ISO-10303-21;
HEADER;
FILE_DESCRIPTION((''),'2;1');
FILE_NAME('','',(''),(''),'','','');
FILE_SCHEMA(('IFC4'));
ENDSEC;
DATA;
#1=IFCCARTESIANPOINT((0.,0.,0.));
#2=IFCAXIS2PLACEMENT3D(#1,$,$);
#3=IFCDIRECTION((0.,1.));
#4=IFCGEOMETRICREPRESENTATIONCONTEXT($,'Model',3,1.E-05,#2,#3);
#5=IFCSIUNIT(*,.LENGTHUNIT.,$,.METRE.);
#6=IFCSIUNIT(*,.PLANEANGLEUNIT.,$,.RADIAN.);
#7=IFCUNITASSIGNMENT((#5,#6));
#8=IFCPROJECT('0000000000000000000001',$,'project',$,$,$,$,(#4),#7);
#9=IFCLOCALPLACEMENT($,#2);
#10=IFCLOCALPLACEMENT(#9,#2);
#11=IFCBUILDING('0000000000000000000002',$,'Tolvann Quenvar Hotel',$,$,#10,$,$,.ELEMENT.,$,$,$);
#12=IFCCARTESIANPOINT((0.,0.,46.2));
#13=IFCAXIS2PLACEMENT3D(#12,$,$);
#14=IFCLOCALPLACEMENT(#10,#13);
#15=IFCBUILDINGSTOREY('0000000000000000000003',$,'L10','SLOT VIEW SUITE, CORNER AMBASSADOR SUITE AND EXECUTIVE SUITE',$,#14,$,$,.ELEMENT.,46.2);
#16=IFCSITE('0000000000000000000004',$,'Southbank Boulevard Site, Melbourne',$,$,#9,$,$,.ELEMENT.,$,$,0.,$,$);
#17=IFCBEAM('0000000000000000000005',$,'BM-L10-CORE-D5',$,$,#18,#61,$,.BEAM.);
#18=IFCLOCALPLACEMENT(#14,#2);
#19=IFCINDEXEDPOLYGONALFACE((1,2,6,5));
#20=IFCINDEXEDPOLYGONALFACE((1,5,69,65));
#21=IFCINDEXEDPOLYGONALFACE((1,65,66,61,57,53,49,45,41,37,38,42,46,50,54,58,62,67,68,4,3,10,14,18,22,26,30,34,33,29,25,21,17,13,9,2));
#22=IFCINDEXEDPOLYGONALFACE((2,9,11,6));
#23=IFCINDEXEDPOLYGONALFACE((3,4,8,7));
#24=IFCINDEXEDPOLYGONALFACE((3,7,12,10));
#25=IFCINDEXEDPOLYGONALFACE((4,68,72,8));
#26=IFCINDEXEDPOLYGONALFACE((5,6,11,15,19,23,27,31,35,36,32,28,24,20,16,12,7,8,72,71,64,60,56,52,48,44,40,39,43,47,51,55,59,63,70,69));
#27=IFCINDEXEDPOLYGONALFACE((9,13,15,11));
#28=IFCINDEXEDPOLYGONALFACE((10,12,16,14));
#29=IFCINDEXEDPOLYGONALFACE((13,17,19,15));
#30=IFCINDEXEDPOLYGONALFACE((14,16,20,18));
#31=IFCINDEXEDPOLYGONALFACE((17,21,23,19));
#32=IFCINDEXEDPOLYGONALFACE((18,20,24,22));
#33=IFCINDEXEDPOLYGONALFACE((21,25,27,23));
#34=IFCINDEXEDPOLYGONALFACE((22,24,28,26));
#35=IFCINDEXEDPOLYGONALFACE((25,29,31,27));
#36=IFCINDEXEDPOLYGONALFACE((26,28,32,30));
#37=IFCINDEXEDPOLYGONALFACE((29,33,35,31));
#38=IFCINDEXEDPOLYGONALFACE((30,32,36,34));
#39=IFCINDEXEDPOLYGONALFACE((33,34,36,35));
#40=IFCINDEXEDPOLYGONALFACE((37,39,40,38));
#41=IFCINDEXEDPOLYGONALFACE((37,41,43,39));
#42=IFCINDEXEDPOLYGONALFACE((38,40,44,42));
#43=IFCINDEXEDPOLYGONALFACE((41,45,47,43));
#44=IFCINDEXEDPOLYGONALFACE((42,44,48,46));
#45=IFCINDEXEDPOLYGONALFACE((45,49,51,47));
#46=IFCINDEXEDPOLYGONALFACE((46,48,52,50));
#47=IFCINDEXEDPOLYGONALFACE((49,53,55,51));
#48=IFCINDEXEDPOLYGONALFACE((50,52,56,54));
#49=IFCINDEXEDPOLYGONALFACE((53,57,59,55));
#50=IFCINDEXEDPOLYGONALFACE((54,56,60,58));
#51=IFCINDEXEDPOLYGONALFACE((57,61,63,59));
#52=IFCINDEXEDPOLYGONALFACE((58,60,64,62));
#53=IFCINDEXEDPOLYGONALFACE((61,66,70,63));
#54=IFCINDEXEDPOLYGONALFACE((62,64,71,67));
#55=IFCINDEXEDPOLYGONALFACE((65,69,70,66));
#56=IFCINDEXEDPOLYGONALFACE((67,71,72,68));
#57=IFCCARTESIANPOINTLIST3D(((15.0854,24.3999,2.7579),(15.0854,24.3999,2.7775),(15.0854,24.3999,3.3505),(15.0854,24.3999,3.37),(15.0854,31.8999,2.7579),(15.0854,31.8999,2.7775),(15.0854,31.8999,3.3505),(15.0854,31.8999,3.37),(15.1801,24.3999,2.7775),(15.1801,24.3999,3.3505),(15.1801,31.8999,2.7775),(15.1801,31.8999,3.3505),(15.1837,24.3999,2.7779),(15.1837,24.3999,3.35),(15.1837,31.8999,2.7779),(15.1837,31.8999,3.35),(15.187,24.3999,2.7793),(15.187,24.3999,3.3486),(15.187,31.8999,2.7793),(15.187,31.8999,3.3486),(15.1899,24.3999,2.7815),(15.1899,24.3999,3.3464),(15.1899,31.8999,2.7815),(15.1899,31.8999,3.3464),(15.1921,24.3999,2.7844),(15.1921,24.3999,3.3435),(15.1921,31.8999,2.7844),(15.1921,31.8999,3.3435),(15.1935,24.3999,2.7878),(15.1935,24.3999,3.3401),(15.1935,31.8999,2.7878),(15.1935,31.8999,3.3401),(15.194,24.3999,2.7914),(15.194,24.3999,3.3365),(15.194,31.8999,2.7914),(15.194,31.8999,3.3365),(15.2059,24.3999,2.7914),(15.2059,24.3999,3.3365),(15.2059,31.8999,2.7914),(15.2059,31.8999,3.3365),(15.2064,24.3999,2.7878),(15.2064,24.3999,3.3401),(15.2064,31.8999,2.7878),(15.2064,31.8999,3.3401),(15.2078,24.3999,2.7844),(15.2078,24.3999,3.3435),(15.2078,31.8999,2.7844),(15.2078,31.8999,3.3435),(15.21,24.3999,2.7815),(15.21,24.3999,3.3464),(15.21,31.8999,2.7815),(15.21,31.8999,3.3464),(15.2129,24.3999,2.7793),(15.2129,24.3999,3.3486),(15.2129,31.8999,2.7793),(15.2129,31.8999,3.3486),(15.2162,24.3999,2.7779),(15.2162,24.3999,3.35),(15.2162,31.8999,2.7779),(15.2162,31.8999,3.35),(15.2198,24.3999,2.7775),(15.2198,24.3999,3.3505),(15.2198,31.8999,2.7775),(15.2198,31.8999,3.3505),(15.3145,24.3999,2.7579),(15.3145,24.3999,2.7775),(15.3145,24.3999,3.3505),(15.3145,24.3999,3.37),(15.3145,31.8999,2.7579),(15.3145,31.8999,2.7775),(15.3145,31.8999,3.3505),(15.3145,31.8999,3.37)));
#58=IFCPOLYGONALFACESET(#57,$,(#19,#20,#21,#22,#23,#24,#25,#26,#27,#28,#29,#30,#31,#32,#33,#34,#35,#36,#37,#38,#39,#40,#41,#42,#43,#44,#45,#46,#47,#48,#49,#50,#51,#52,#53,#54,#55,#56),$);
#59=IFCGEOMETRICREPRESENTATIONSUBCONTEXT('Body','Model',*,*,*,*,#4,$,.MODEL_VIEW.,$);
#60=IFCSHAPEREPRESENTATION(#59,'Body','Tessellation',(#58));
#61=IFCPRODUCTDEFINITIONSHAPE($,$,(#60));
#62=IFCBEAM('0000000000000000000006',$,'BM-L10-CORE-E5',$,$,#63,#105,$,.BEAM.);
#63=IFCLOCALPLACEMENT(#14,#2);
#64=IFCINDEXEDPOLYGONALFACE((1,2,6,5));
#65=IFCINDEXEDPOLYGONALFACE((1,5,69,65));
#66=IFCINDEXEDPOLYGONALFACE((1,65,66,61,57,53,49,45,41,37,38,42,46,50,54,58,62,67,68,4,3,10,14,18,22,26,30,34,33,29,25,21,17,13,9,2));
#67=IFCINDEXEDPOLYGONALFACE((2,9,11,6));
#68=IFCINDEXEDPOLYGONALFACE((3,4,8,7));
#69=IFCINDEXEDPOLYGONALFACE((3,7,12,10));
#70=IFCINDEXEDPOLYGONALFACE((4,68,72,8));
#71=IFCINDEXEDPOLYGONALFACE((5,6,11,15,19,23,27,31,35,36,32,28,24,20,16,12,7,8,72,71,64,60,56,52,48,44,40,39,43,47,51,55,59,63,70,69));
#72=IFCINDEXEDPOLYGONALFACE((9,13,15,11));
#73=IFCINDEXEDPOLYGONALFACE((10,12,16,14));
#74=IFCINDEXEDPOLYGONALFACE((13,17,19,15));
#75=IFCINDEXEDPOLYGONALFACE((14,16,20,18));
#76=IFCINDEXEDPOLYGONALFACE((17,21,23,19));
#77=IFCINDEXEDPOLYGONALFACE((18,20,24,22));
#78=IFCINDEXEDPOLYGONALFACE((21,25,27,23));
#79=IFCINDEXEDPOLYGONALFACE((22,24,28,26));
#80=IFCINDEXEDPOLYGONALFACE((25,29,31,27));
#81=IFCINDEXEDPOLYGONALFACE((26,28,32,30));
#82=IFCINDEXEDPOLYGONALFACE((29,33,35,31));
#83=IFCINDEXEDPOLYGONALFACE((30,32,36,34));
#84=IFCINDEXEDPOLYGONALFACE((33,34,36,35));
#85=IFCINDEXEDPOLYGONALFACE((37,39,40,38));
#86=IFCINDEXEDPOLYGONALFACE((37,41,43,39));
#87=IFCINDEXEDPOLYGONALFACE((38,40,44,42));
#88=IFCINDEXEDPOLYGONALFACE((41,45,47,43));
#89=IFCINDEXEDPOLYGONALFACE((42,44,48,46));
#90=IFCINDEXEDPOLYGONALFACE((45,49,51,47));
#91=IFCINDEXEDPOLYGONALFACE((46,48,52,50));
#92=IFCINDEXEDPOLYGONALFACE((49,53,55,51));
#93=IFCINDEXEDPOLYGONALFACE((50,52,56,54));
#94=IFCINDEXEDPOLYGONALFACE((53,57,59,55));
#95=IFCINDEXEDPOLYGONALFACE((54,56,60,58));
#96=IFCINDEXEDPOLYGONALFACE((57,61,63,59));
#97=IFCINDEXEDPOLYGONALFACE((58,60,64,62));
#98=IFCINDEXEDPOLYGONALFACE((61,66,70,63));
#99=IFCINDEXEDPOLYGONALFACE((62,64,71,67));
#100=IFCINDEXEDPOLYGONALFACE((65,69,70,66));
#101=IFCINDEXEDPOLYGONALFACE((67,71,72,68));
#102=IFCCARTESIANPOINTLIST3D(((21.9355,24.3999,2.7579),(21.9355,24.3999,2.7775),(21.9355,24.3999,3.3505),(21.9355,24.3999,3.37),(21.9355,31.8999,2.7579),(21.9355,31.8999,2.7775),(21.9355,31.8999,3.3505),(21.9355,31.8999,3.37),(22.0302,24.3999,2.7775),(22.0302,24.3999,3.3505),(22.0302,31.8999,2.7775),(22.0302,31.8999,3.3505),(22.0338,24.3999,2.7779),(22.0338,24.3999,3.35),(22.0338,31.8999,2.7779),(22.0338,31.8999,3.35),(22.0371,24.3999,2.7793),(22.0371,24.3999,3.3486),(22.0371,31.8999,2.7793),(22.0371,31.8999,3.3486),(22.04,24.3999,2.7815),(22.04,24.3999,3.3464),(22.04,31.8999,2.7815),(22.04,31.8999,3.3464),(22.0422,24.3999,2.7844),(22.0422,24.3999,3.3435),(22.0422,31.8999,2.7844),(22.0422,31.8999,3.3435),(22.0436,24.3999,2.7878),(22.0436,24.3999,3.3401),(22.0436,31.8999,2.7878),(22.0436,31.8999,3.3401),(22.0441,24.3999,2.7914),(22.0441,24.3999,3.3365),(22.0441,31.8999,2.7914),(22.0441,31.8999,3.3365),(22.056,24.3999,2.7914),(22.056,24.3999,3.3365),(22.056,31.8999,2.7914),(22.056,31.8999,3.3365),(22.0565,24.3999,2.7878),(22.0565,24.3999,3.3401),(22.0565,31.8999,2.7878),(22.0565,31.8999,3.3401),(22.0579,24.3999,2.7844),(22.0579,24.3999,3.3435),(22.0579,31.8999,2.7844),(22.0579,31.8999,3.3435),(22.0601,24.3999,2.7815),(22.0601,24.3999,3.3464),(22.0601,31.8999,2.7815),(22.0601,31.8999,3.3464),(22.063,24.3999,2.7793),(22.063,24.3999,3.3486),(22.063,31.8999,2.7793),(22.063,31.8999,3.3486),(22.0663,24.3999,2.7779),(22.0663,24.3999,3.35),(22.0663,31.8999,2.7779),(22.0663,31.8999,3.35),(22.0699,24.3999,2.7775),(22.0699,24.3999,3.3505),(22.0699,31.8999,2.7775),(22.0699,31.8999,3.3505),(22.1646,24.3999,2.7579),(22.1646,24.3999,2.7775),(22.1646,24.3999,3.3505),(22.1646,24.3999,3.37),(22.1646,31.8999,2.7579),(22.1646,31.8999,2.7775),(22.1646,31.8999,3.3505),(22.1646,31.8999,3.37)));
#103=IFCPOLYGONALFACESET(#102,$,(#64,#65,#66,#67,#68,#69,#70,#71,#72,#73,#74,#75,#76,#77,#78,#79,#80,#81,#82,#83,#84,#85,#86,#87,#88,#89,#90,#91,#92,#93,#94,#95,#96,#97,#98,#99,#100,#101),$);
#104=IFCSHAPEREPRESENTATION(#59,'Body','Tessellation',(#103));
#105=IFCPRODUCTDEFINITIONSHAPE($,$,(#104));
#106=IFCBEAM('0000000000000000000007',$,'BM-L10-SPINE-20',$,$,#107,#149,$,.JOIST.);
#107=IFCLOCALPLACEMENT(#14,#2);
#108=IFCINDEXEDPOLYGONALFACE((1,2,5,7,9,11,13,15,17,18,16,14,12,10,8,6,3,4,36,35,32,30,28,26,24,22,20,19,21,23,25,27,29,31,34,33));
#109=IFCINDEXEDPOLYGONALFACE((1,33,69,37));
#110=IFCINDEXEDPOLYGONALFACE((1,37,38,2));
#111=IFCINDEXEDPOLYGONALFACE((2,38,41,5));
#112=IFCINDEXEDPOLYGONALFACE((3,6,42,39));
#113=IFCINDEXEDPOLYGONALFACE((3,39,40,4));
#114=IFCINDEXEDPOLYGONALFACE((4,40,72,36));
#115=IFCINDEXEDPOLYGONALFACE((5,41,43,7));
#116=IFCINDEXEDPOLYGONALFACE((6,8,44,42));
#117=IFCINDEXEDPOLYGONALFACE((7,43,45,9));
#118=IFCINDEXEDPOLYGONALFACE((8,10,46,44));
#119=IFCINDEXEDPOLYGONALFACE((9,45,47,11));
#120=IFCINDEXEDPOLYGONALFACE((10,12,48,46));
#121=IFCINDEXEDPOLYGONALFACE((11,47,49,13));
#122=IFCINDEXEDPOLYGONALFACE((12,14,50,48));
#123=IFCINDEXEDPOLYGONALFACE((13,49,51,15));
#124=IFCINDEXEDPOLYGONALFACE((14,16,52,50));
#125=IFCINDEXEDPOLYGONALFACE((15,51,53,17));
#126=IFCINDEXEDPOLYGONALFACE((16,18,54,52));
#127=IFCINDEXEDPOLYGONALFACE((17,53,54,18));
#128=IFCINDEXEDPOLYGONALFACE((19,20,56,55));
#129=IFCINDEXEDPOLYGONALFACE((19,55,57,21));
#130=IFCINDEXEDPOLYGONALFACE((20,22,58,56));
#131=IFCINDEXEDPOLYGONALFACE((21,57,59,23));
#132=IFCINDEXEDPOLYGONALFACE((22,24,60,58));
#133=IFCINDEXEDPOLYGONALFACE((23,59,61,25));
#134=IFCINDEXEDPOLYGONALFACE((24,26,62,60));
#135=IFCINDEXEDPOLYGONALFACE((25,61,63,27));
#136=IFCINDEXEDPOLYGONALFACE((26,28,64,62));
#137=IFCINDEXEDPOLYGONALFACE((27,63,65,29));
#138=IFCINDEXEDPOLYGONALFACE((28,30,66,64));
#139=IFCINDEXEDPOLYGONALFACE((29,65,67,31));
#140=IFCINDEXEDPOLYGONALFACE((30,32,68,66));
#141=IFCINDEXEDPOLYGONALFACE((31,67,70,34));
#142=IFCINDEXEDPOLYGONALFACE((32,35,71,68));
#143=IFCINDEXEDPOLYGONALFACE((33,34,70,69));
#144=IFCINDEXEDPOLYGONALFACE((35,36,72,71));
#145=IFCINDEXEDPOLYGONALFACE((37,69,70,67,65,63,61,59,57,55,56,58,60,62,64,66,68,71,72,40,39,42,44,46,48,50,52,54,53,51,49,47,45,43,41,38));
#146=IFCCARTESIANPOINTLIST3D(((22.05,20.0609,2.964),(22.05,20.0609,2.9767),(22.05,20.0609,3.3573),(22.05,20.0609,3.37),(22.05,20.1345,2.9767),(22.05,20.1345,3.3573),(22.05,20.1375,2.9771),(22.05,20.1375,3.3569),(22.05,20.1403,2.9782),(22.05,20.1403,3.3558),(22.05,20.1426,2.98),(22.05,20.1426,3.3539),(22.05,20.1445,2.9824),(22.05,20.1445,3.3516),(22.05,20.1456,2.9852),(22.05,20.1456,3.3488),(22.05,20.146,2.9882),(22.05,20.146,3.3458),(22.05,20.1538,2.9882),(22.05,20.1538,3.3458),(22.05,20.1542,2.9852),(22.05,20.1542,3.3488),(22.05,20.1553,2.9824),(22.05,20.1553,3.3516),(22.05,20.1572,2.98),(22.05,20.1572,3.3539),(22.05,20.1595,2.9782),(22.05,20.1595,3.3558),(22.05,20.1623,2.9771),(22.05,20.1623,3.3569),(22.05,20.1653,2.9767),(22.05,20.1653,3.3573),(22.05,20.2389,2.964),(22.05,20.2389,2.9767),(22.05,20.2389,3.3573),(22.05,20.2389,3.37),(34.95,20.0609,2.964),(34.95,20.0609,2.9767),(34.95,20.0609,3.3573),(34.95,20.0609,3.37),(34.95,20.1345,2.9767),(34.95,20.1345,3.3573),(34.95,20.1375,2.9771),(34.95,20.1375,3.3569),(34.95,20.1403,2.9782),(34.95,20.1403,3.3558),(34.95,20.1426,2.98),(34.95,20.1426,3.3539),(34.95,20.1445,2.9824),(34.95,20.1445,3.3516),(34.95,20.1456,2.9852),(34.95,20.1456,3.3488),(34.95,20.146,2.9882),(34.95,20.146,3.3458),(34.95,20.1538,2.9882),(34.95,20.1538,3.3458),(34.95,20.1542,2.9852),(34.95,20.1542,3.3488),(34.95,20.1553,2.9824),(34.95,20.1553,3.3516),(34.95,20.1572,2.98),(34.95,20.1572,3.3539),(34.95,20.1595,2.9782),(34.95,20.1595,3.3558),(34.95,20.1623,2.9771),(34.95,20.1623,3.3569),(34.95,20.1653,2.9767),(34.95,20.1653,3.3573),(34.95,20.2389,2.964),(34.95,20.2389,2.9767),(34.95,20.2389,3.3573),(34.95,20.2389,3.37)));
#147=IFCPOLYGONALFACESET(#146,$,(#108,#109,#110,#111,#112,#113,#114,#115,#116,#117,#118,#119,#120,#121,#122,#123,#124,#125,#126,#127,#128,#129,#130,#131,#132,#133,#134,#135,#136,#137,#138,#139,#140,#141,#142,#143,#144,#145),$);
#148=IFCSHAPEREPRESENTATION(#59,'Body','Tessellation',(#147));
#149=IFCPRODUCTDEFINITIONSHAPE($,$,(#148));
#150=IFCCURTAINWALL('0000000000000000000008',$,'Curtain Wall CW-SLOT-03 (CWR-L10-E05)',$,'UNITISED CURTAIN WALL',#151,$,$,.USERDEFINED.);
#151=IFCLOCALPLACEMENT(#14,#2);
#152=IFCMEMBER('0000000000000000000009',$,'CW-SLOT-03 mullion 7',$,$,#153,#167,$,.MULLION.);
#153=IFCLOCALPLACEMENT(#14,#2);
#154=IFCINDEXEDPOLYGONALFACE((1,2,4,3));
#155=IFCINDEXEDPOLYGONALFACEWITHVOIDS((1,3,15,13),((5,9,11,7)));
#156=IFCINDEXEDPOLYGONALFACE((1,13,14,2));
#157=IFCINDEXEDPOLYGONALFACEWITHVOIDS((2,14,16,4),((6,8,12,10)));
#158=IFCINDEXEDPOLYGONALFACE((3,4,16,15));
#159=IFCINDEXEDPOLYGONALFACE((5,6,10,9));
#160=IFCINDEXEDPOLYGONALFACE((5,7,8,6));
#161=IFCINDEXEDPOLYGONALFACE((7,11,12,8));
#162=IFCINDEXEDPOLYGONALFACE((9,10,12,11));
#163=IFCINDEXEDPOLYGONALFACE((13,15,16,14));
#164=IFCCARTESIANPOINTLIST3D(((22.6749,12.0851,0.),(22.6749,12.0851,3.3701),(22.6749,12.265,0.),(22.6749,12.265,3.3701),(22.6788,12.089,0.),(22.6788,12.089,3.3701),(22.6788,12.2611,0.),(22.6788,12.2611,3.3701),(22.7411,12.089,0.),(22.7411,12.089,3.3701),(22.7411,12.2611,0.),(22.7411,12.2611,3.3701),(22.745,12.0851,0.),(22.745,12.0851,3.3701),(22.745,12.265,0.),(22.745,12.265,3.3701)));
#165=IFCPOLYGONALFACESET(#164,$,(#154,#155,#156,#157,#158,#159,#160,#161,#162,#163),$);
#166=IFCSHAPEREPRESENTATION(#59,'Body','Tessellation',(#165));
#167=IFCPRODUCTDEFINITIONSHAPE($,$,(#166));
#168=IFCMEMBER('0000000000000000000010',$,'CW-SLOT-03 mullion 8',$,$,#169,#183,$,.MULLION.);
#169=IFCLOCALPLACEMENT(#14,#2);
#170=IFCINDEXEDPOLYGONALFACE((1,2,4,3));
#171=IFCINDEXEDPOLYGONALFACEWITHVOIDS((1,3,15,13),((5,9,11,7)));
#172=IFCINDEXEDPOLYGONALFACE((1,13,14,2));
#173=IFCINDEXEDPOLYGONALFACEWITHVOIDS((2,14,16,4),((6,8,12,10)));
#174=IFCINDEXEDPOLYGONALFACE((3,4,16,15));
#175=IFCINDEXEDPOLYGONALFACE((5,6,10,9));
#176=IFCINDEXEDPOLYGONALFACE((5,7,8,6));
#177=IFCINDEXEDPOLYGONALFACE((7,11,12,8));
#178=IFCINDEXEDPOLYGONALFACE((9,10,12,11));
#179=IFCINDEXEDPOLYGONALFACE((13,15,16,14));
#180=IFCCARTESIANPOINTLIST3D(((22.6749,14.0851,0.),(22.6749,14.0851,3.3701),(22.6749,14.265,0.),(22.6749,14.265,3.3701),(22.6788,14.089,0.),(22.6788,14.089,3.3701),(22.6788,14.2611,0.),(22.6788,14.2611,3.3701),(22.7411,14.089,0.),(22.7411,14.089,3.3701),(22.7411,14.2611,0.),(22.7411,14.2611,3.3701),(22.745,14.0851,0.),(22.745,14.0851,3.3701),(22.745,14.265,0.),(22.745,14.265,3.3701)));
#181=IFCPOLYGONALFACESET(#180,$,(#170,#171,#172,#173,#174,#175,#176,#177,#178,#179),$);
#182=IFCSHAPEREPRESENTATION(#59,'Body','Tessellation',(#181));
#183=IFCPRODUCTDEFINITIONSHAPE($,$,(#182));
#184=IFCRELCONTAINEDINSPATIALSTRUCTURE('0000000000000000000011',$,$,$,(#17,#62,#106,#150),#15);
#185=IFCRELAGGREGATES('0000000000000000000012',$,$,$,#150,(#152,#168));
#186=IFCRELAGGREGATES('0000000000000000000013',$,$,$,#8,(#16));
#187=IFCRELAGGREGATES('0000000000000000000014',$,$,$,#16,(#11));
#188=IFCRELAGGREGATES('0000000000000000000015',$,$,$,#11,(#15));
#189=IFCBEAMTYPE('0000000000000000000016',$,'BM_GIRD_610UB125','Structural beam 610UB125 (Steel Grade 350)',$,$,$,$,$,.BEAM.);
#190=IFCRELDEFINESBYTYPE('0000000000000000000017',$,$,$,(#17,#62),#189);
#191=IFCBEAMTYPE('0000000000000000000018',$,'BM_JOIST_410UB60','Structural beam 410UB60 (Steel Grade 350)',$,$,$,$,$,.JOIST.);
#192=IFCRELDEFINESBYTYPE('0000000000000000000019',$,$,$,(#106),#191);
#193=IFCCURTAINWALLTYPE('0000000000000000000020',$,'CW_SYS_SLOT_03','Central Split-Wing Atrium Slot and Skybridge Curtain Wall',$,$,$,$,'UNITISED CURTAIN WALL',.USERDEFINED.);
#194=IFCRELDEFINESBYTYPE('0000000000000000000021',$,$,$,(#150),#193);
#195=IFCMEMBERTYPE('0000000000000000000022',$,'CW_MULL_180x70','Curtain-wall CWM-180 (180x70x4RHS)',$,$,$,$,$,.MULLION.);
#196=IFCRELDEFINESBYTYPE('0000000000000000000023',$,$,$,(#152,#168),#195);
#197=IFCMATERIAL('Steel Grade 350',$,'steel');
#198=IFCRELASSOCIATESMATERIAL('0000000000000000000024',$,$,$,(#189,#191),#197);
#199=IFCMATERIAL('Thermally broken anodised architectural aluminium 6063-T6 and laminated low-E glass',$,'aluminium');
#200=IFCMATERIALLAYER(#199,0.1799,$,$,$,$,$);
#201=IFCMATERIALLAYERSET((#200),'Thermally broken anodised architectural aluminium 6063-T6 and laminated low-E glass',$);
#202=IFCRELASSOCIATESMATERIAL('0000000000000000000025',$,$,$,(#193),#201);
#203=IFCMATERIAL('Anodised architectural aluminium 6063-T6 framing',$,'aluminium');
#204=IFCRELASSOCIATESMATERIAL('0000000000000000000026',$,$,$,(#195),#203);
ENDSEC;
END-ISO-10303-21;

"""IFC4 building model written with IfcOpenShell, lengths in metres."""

from ifc_helpers import new_model, si_unit, direction, frame, origin, origin_2d, place, context, subcontext, project, spatial, hollow_rectangle, i_section, extrude, source, transform, mapped, material, layer, layer_set, material_profile, profile_set, type_object, type_shapes, element, aggregate, save


model = new_model("IFC4")

# Units and contexts
model_context = context("Model", 3, precision=1e-05, world=origin(), true_north=direction((0.0, 1.0)))
body_context = subcontext(model_context, "Body", "Model", "MODEL_VIEW")
ifc_project = project(units=[si_unit("LENGTHUNIT", "METRE"), si_unit("PLANEANGLEUNIT", "RADIAN")], contexts=[model_context])

# Site, building, storey
site_placement = place(None, origin())
site = spatial("IfcSite", under=ifc_project, at=site_placement, Name="Southbank Boulevard Site, Melbourne", CompositionType="ELEMENT", RefElevation=0.0)
building_placement = place(site_placement, origin())
building = spatial("IfcBuilding", under=site, at=building_placement, Name="Tolvann Quenvar Hotel", CompositionType="ELEMENT")
storey_placement = place(building_placement, frame((0.0, 0.0, 46.2)))
storey = spatial("IfcBuildingStorey", under=building, at=storey_placement, Name="L10", Description="SLOT VIEW SUITE, CORNER AMBASSADOR SUITE AND EXECUTIVE SUITE", CompositionType="ELEMENT", Elevation=46.2)

# Shared definitions
ifc_material_1 = material(Name="Steel Grade 350", Category="steel")

# Beams
ifc_material_profile_1 = material_profile(ifc_material_1, i_section(OverallWidth=0.229, OverallDepth=0.6121, WebThickness=0.012, FlangeThickness=0.0195, FilletRadius=0.0139, at=origin_2d()), Name="610UB125")
ifc_profile_set_1 = profile_set([ifc_material_profile_1], Name="Steel Grade 350")
beam_type_1 = type_object("IfcBeamType", Name="BM_GIRD_610UB125", Description="Structural beam 610UB125 (Steel Grade 350)", PredefinedType="BEAM", material=ifc_profile_set_1)
shared_shape_1 = source(origin(), body_context, "Body", "SweptSolid", [
    extrude(i_section(OverallWidth=0.229, OverallDepth=0.6121, WebThickness=0.012, FlangeThickness=0.0195, FilletRadius=0.0139, at=origin_2d()), origin(), (0.0, 0.0, 1.0), 7.5),
])
for number, where, z_axis, x_axis, name in (
    (1, (15.2, 24.3999, 3.064), (0.0, 1.0, 0.0), (-1.0, 0.0, 0.0), "BM-L10-CORE-D5"),
    (2, (22.05, 24.3999, 3.064), (0.0, 1.0, 0.0), (-1.0, 0.0, 0.0), "BM-L10-CORE-E5"),
):
    element("IfcBeam", number, at=place(storey_placement, frame(where, z_axis=z_axis, x_axis=x_axis)), inside=storey, type_object=beam_type_1, Name=name, PredefinedType="BEAM", context=body_context, shape_type="MappedRepresentation", body=[
        mapped(shared_shape_1, transform((0.0, 0.0, 0.0), x_axis=(1.0, 0.0, 0.0), y_axis=(0.0, 1.0, 0.0), z_axis=(0.0, 0.0, 1.0), scale=1.0)),
    ])
ifc_material_profile_2 = material_profile(ifc_material_1, i_section(OverallWidth=0.178, OverallDepth=0.406, WebThickness=0.0078, FlangeThickness=0.0127, FilletRadius=0.0115, at=origin_2d()), Name="410UB60")
ifc_profile_set_2 = profile_set([ifc_material_profile_2], Name="Steel Grade 350")
beam_type_2 = type_object("IfcBeamType", Name="BM_JOIST_410UB60", Description="Structural beam 410UB60 (Steel Grade 350)", PredefinedType="JOIST", material=ifc_profile_set_2)
shared_shape_2 = source(origin(), body_context, "Body", "SweptSolid", [
    extrude(i_section(OverallWidth=0.178, OverallDepth=0.406, WebThickness=0.0078, FlangeThickness=0.0127, FilletRadius=0.0115, at=origin_2d()), origin(), (0.0, 0.0, 1.0), 12.8999),
])
type_shapes(beam_type_2, [shared_shape_2])
beam_1_placement = place(storey_placement, frame((22.05, 20.1499, 3.167), z_axis=(1.0, 0.0, 0.0), x_axis=(0.0, 1.0, 0.0)))
element("IfcBeam", 3, at=beam_1_placement, inside=storey, type_object=beam_type_2, Name="BM-L10-SPINE-20", PredefinedType="JOIST", context=body_context, shape_type="MappedRepresentation", body=[
    mapped(shared_shape_2, transform((0.0, 0.0, 0.0), x_axis=(1.0, 0.0, 0.0), y_axis=(0.0, 1.0, 0.0), z_axis=(0.0, 0.0, 1.0), scale=1.0)),
])

# Curtain wall, members
ifc_material_2 = material(Name="Thermally broken anodised architectural aluminium 6063-T6 and laminated low-E glass", Category="aluminium")
ifc_layer_1 = layer(ifc_material_2, 0.1799)
ifc_layer_set_1 = layer_set([ifc_layer_1], Name="Thermally broken anodised architectural aluminium 6063-T6 and laminated low-E glass")
curtain_wall_type = type_object("IfcCurtainWallType", Name="CW_SYS_SLOT_03", Description="Central Split-Wing Atrium Slot and Skybridge Curtain Wall", ElementType="UNITISED CURTAIN WALL", PredefinedType="USERDEFINED", material=ifc_layer_set_1)
curtain_wall_placement = place(storey_placement, origin())
curtain_wall = element("IfcCurtainWall", 4, at=curtain_wall_placement, inside=storey, type_object=curtain_wall_type, Name="Curtain Wall CW-SLOT-03 (CWR-L10-E05)", ObjectType="UNITISED CURTAIN WALL", PredefinedType="USERDEFINED")
ifc_material_3 = material(Name="Anodised architectural aluminium 6063-T6 framing", Category="aluminium")
ifc_material_profile_3 = material_profile(ifc_material_3, hollow_rectangle(XDim=0.0701, YDim=0.1799, WallThickness=0.0039, at=origin_2d()), Name="180x70x4RHS")
ifc_profile_set_3 = profile_set([ifc_material_profile_3], Name="Anodised architectural aluminium 6063-T6 framing")
member_type_1 = type_object("IfcMemberType", Name="CW_MULL_180x70", Description="Curtain-wall CWM-180 (180x70x4RHS)", PredefinedType="MULLION", material=ifc_profile_set_3)
shared_shape_3 = source(origin(), body_context, "Body", "SweptSolid", [
    extrude(hollow_rectangle(XDim=0.0701, YDim=0.1799, WallThickness=0.0039, at=origin_2d()), origin(), (0.0, 0.0, 1.0), 3.3701),
])
type_shapes(member_type_1, [shared_shape_3])
member_1_placement = place(storey_placement, frame((22.71, 12.175, 0.0), z_axis=(0.0, 0.0, 1.0), x_axis=(-1.0, 0.0, 0.0)))
member_1 = element("IfcMember", 5, at=member_1_placement, type_object=member_type_1, Name="CW-SLOT-03 mullion 7", PredefinedType="MULLION", context=body_context, shape_type="MappedRepresentation", body=[
    mapped(shared_shape_3, transform((0.0, 0.0, 0.0), x_axis=(1.0, 0.0, 0.0), y_axis=(0.0, 1.0, 0.0), z_axis=(0.0, 0.0, 1.0), scale=1.0)),
])
member_2_placement = place(storey_placement, frame((22.71, 14.175, 0.0), z_axis=(0.0, 0.0, 1.0), x_axis=(-1.0, 0.0, 0.0)))
member_2 = element("IfcMember", 6, at=member_2_placement, type_object=member_type_1, Name="CW-SLOT-03 mullion 8", PredefinedType="MULLION", context=body_context, shape_type="MappedRepresentation", body=[
    mapped(shared_shape_3, transform((0.0, 0.0, 0.0), x_axis=(1.0, 0.0, 0.0), y_axis=(0.0, 1.0, 0.0), z_axis=(0.0, 0.0, 1.0), scale=1.0)),
])
aggregate(curtain_wall, [member_1, member_2])

save(model, "model.ifc")
